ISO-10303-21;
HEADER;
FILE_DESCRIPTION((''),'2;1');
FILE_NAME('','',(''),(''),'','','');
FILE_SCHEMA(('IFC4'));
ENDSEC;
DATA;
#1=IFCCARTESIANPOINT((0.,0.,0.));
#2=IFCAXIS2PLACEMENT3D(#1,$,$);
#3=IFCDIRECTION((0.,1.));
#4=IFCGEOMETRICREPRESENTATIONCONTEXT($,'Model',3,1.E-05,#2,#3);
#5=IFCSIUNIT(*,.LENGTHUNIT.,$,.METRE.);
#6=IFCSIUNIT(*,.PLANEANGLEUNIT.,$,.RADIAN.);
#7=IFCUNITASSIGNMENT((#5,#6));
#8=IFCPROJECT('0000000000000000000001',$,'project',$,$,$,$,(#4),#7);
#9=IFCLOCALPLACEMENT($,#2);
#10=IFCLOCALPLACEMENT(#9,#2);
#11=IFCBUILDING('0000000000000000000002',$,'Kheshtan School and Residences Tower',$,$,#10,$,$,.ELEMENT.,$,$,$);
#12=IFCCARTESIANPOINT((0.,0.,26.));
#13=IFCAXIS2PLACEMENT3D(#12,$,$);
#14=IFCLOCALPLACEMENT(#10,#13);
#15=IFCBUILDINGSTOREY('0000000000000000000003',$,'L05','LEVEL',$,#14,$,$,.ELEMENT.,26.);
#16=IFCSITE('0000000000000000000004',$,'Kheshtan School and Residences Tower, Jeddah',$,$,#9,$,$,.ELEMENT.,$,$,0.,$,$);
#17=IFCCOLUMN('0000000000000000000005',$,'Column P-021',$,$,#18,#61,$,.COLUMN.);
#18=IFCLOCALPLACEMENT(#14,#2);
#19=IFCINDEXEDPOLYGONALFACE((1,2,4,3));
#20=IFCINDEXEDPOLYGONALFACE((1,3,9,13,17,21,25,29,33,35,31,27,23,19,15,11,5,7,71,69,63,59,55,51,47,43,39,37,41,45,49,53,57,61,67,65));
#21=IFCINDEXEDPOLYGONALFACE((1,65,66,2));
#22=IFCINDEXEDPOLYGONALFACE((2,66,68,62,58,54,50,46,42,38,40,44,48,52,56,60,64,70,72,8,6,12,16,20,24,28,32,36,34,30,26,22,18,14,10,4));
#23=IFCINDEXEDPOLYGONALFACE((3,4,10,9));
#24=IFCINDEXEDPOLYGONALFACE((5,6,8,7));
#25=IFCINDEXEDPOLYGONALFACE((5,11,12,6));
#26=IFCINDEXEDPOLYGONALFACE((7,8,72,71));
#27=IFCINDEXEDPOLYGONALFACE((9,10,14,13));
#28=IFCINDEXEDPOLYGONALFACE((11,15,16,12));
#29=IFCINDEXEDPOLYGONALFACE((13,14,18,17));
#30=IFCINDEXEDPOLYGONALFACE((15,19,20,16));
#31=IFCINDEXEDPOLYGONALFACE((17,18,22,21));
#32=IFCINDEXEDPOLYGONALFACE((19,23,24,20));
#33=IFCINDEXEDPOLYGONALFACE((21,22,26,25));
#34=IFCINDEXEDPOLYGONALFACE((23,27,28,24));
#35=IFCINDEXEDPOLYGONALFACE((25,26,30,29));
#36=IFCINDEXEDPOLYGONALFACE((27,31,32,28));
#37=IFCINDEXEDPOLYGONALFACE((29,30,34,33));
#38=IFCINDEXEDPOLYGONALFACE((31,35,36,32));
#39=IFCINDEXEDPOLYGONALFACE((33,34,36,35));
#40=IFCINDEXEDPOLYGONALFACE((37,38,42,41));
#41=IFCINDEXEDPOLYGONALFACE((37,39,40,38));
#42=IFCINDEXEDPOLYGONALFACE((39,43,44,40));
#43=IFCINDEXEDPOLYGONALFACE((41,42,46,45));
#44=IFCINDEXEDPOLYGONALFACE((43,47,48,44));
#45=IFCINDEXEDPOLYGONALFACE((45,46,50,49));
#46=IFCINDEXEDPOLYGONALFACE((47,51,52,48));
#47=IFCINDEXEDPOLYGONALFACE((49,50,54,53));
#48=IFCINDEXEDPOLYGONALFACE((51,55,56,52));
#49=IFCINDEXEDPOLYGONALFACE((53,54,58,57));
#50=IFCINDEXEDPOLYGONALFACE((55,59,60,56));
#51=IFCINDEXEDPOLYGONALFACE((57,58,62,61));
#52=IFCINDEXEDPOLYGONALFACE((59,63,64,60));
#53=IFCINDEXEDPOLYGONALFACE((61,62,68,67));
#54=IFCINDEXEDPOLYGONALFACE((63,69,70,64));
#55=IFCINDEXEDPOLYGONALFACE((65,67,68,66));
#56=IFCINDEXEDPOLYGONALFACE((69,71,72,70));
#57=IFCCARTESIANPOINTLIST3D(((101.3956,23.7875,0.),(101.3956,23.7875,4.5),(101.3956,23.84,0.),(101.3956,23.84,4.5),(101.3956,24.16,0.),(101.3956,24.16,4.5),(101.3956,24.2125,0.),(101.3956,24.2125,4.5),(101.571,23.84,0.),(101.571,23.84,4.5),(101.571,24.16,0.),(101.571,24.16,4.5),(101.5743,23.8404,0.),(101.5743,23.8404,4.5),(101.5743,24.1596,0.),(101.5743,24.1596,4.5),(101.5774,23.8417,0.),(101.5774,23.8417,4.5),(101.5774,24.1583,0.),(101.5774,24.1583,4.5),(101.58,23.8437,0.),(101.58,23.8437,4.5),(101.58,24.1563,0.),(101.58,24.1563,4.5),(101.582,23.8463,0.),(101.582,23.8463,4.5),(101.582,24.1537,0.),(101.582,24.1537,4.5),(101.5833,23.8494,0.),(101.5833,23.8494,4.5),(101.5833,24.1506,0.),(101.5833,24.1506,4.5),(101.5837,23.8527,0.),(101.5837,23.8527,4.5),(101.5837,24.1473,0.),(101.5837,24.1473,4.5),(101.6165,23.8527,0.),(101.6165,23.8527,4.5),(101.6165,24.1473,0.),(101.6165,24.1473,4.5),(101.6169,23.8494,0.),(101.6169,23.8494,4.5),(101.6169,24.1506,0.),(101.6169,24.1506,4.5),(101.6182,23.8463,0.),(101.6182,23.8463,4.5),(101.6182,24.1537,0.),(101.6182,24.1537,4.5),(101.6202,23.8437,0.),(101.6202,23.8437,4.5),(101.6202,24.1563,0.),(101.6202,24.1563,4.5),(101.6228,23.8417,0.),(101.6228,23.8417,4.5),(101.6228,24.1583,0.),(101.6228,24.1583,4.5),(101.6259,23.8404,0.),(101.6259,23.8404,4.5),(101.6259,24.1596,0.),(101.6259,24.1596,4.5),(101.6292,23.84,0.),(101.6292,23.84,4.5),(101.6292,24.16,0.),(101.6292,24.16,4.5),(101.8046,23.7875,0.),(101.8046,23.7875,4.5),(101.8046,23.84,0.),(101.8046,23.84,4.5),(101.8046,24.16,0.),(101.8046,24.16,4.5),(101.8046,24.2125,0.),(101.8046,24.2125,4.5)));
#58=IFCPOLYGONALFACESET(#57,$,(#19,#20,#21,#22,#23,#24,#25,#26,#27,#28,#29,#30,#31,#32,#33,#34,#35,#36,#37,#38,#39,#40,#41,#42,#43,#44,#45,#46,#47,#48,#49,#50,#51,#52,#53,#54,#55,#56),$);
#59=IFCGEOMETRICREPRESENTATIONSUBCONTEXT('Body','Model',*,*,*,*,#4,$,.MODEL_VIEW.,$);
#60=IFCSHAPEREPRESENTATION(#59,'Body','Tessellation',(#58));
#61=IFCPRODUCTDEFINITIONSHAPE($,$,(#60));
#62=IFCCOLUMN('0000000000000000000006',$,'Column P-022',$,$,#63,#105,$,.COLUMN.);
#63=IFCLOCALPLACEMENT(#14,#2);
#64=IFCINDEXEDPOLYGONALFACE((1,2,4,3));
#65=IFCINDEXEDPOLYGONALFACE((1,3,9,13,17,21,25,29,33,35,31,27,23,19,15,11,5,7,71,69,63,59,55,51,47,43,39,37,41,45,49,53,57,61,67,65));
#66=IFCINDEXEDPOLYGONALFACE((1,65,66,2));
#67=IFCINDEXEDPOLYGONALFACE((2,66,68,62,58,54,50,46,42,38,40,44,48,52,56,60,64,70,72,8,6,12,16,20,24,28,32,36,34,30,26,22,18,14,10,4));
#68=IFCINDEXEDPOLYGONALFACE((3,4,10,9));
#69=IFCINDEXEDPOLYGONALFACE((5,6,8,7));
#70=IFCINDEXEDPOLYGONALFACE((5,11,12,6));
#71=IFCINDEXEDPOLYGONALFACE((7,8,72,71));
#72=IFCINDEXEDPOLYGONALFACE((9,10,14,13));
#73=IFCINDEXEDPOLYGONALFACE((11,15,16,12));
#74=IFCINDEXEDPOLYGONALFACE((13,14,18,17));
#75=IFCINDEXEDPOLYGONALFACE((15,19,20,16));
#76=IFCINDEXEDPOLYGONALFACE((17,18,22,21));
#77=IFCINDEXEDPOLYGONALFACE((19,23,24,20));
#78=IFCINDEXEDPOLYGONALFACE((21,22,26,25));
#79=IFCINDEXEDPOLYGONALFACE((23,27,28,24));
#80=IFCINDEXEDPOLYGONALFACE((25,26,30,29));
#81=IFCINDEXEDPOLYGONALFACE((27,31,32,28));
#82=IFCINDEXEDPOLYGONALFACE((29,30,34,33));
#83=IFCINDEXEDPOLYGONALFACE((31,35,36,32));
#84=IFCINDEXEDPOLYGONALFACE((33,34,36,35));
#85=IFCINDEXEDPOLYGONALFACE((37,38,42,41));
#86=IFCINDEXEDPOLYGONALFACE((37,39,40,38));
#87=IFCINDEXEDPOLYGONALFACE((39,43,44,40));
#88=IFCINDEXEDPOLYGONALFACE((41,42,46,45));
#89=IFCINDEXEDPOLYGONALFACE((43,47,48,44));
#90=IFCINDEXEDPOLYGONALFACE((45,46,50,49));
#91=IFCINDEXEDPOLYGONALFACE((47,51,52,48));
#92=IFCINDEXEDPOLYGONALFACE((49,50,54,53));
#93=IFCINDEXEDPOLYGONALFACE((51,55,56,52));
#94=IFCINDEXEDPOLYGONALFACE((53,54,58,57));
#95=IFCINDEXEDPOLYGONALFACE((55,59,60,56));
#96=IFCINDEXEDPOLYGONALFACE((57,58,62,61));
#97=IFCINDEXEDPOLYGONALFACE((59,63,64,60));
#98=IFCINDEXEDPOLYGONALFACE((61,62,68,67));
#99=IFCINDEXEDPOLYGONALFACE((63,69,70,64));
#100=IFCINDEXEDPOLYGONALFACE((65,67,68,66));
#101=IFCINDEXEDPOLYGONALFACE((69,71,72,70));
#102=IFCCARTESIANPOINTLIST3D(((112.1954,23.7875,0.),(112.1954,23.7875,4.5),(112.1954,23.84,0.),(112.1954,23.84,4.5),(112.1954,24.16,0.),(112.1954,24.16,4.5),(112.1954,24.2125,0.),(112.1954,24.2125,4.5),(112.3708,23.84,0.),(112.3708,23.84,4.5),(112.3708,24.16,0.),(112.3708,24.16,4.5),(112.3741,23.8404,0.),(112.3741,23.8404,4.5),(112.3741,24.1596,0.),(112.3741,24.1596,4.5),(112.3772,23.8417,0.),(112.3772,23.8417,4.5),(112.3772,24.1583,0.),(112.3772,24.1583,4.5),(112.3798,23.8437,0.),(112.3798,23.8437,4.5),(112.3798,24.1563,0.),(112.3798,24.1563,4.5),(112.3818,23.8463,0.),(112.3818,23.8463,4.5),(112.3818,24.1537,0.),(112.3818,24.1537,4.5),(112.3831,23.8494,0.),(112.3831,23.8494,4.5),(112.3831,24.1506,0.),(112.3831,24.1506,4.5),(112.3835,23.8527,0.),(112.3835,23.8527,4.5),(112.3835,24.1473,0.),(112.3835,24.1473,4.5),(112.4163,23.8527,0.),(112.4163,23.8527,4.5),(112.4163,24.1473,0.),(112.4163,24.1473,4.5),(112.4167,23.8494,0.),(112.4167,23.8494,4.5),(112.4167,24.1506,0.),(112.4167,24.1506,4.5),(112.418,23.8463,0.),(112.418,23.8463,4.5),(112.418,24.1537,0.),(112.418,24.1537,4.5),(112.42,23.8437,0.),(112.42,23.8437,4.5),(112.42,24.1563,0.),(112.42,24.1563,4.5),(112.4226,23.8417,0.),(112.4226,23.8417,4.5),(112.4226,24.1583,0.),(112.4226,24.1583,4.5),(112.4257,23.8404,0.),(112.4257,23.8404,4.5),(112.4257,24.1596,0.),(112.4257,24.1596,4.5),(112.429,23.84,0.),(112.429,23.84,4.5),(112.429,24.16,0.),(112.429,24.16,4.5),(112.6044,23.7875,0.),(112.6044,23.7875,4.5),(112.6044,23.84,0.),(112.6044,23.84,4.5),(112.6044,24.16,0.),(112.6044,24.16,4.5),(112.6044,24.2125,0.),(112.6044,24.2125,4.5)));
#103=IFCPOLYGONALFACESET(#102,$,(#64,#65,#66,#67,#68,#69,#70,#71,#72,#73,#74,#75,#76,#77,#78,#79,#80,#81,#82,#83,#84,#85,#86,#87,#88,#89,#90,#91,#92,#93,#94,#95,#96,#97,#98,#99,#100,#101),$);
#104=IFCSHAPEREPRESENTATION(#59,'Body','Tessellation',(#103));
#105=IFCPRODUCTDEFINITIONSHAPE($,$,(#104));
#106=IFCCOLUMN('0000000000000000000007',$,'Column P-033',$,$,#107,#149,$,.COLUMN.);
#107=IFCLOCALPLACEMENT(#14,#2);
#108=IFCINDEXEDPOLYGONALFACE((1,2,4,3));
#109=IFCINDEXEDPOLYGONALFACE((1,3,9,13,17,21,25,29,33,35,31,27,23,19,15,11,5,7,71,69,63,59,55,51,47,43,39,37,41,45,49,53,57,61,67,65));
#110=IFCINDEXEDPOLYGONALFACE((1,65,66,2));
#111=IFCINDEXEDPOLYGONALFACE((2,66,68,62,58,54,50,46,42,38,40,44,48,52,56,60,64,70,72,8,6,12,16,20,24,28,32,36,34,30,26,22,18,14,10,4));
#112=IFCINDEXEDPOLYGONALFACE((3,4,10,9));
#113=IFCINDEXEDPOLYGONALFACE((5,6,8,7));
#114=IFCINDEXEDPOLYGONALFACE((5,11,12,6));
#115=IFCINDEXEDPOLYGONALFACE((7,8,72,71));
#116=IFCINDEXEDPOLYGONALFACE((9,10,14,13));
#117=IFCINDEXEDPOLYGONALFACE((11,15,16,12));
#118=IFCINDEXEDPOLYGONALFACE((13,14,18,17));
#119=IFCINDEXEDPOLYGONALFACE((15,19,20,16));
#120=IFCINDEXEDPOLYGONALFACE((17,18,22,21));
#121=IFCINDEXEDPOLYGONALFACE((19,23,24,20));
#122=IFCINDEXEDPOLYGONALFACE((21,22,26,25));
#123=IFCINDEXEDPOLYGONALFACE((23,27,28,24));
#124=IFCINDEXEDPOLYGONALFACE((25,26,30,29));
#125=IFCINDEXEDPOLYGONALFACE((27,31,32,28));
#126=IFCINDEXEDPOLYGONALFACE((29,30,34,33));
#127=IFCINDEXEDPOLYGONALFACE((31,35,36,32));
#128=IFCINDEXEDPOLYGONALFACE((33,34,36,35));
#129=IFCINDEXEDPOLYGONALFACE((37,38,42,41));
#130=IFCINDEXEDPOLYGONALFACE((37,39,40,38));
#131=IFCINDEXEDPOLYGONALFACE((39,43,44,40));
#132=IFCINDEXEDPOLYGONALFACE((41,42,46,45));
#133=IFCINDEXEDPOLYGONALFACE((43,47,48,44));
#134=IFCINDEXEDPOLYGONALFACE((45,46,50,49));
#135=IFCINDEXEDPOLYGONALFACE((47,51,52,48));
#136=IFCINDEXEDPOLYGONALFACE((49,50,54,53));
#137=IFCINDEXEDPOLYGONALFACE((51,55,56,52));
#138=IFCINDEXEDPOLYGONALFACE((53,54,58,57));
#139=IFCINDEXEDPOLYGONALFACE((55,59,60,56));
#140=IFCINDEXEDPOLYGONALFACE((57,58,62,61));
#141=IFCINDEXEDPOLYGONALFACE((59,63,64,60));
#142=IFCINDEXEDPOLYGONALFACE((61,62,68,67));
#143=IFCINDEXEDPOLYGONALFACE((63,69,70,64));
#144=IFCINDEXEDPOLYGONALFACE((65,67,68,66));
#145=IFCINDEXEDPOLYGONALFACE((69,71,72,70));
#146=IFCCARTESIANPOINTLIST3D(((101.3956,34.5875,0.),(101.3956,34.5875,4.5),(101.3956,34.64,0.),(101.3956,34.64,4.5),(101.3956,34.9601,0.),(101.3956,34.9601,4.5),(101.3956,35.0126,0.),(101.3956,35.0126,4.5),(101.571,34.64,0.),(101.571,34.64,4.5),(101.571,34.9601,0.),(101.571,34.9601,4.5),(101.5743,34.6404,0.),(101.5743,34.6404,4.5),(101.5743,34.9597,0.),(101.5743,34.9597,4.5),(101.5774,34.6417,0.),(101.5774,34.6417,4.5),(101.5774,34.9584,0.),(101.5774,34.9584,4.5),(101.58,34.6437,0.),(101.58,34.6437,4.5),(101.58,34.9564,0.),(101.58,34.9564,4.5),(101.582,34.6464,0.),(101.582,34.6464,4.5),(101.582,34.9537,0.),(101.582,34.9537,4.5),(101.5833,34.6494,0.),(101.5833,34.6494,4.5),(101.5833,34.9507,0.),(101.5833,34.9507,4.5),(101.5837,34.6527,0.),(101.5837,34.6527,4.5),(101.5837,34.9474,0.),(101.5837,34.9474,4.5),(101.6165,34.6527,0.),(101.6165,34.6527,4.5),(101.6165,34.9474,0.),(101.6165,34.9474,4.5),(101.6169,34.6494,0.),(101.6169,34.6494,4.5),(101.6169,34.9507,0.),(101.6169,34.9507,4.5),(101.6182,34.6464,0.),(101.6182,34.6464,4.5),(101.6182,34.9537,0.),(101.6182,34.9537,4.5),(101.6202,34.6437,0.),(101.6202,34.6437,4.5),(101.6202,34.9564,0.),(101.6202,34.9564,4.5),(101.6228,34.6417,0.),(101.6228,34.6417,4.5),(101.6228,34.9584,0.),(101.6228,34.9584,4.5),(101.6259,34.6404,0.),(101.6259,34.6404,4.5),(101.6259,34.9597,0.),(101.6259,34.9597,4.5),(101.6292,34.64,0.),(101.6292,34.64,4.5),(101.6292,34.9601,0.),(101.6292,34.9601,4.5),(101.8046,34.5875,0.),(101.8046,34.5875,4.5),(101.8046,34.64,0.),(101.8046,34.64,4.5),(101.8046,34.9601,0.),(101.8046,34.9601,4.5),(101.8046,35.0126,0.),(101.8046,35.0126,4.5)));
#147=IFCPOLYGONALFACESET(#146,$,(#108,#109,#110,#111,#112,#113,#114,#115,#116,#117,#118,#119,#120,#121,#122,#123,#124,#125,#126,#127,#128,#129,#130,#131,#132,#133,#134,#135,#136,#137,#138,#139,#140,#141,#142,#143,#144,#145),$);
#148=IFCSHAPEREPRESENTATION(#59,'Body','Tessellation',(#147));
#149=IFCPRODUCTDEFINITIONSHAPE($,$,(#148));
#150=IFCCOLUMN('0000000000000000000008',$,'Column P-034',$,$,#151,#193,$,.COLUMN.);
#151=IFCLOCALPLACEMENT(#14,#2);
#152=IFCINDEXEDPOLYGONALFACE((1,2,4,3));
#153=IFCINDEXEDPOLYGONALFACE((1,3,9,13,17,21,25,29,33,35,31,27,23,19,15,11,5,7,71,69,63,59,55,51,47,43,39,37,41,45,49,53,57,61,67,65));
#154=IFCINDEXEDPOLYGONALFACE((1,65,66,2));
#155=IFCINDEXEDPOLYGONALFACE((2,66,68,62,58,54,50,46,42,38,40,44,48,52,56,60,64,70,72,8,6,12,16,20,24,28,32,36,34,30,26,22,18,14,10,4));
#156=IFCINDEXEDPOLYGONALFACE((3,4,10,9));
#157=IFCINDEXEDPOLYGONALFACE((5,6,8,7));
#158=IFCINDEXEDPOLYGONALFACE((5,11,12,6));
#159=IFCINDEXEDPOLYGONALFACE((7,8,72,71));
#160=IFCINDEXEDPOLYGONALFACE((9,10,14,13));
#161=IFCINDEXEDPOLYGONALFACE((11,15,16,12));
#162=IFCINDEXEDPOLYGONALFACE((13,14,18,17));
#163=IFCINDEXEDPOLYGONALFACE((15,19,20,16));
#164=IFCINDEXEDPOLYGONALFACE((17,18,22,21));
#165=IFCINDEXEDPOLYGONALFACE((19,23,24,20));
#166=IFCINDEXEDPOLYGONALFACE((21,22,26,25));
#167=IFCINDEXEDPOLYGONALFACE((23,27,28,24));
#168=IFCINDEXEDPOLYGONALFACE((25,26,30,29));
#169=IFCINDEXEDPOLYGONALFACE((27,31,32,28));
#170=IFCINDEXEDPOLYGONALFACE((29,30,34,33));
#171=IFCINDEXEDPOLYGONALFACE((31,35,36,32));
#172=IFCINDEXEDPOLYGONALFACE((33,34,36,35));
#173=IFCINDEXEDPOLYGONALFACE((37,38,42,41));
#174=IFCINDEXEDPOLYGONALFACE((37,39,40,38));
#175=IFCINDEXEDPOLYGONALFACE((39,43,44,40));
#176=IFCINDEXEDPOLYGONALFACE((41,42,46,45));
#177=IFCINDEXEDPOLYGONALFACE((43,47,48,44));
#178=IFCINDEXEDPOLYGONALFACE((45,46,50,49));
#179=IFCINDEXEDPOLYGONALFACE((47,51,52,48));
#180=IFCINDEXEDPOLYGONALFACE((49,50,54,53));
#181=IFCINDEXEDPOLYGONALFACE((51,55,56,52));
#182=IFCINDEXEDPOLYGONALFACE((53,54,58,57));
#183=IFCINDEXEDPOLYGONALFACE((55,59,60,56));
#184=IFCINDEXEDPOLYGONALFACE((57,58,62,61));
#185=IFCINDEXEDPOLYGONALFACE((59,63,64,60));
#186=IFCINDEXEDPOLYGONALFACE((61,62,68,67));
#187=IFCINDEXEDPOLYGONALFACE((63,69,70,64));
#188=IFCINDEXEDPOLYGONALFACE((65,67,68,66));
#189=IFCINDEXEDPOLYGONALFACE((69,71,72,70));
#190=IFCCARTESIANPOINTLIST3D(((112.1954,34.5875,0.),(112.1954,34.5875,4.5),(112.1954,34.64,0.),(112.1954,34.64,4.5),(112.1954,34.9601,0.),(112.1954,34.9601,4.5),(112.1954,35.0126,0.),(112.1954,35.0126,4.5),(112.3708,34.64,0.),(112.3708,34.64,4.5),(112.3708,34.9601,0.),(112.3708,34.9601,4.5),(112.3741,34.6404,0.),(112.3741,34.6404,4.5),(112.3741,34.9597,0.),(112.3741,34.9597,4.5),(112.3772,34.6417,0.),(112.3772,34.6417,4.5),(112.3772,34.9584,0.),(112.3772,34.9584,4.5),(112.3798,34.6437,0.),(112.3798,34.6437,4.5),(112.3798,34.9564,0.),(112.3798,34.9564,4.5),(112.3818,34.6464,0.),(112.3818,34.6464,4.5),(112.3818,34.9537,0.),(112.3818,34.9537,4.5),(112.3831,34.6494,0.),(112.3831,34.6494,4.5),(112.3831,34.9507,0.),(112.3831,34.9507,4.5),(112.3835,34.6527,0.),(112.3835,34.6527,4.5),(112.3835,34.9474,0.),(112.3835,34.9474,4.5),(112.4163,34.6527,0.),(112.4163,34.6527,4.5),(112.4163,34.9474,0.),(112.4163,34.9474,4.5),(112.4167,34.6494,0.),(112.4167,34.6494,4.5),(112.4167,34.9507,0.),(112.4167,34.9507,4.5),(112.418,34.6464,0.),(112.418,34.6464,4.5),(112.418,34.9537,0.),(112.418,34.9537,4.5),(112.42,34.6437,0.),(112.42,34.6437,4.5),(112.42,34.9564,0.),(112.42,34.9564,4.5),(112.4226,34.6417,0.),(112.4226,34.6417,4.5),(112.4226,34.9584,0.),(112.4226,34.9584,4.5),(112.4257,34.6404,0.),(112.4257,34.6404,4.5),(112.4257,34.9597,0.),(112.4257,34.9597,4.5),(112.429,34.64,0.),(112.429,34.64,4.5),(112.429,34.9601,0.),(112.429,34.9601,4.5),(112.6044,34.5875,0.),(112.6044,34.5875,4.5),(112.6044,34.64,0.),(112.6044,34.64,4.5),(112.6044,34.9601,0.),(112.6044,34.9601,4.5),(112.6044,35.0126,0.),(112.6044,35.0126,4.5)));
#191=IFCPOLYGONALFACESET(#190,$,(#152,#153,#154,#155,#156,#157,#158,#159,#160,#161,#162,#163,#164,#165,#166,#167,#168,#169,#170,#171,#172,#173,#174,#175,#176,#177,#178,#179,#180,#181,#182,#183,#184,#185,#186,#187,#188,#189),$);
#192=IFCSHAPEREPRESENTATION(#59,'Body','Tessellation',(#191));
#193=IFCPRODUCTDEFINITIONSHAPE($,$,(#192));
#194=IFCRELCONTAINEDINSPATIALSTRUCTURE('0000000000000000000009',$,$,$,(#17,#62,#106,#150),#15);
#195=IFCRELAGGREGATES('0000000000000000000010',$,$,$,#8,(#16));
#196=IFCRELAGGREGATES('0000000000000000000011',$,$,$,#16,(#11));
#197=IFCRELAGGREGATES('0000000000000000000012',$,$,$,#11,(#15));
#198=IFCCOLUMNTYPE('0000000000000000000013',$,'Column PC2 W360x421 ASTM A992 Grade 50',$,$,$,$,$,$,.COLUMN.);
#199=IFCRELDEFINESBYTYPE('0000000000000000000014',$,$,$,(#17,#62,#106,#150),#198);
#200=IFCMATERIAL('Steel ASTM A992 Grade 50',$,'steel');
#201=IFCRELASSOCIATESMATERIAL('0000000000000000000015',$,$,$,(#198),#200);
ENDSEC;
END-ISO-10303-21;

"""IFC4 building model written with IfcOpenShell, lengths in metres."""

from ifc_helpers import new_model, si_unit, direction, frame, origin, origin_2d, place, context, subcontext, project, spatial, i_section, extrude, material, material_profile, profile_set, type_object, element, save


model = new_model("IFC4")

# Units and contexts
model_context = context("Model", 3, precision=1e-05, world=origin(), true_north=direction((0.0, 1.0)))
body_context = subcontext(model_context, "Body", "Model", "MODEL_VIEW")
ifc_project = project(units=[si_unit("LENGTHUNIT", "METRE"), si_unit("PLANEANGLEUNIT", "RADIAN")], contexts=[model_context])

# Site, building, storey
site_placement = place(None, origin())
site = spatial("IfcSite", under=ifc_project, at=site_placement, Name="Kheshtan School and Residences Tower, Jeddah", CompositionType="ELEMENT", RefElevation=0.0)
building_placement = place(site_placement, origin())
building = spatial("IfcBuilding", under=site, at=building_placement, Name="Kheshtan School and Residences Tower", CompositionType="ELEMENT")
storey_placement = place(building_placement, frame((0.0, 0.0, 26.0)))
storey = spatial("IfcBuildingStorey", under=building, at=storey_placement, Name="L05", Description="LEVEL", CompositionType="ELEMENT", Elevation=26.0)

# Columns
ifc_material_1 = material(Name="Steel ASTM A992 Grade 50", Category="steel")
ifc_material_profile = material_profile(ifc_material_1, i_section(OverallWidth=0.4089, OverallDepth=0.425, WebThickness=0.0327, FlangeThickness=0.0525, FilletRadius=0.0127, at=origin_2d()), Name="W360x421")
ifc_profile_set = profile_set([ifc_material_profile], Name="Steel ASTM A992 Grade 50")
column_type = type_object("IfcColumnType", Name="Column PC2 W360x421 ASTM A992 Grade 50", PredefinedType="COLUMN", material=ifc_profile_set)
for number, where, z_axis, x_axis, name in (
    (1, (101.6001, 24.0, 0.0), (0.0, 0.0, 1.0), (1.0, 0.0, 0.0), "Column P-021"),
    (2, (112.3999, 24.0, 0.0), (0.0, 0.0, 1.0), (1.0, 0.0, 0.0), "Column P-022"),
    (3, (101.6001, 34.8, 0.0), (0.0, 0.0, 1.0), (1.0, 0.0, 0.0), "Column P-033"),
    (4, (112.3999, 34.8, 0.0), (0.0, 0.0, 1.0), (1.0, 0.0, 0.0), "Column P-034"),
):
    element("IfcColumn", number, at=place(storey_placement, frame(where, z_axis=z_axis, x_axis=x_axis)), inside=storey, type_object=column_type, Name=name, PredefinedType="COLUMN", context=body_context, shape_type="SweptSolid", body=[
        extrude(i_section(OverallWidth=0.4089, OverallDepth=0.425, WebThickness=0.0327, FlangeThickness=0.0525, FilletRadius=0.0127, at=origin_2d()), origin(), (0.0, 0.0, 1.0), 4.5),
    ])

save(model, "model.ifc")
